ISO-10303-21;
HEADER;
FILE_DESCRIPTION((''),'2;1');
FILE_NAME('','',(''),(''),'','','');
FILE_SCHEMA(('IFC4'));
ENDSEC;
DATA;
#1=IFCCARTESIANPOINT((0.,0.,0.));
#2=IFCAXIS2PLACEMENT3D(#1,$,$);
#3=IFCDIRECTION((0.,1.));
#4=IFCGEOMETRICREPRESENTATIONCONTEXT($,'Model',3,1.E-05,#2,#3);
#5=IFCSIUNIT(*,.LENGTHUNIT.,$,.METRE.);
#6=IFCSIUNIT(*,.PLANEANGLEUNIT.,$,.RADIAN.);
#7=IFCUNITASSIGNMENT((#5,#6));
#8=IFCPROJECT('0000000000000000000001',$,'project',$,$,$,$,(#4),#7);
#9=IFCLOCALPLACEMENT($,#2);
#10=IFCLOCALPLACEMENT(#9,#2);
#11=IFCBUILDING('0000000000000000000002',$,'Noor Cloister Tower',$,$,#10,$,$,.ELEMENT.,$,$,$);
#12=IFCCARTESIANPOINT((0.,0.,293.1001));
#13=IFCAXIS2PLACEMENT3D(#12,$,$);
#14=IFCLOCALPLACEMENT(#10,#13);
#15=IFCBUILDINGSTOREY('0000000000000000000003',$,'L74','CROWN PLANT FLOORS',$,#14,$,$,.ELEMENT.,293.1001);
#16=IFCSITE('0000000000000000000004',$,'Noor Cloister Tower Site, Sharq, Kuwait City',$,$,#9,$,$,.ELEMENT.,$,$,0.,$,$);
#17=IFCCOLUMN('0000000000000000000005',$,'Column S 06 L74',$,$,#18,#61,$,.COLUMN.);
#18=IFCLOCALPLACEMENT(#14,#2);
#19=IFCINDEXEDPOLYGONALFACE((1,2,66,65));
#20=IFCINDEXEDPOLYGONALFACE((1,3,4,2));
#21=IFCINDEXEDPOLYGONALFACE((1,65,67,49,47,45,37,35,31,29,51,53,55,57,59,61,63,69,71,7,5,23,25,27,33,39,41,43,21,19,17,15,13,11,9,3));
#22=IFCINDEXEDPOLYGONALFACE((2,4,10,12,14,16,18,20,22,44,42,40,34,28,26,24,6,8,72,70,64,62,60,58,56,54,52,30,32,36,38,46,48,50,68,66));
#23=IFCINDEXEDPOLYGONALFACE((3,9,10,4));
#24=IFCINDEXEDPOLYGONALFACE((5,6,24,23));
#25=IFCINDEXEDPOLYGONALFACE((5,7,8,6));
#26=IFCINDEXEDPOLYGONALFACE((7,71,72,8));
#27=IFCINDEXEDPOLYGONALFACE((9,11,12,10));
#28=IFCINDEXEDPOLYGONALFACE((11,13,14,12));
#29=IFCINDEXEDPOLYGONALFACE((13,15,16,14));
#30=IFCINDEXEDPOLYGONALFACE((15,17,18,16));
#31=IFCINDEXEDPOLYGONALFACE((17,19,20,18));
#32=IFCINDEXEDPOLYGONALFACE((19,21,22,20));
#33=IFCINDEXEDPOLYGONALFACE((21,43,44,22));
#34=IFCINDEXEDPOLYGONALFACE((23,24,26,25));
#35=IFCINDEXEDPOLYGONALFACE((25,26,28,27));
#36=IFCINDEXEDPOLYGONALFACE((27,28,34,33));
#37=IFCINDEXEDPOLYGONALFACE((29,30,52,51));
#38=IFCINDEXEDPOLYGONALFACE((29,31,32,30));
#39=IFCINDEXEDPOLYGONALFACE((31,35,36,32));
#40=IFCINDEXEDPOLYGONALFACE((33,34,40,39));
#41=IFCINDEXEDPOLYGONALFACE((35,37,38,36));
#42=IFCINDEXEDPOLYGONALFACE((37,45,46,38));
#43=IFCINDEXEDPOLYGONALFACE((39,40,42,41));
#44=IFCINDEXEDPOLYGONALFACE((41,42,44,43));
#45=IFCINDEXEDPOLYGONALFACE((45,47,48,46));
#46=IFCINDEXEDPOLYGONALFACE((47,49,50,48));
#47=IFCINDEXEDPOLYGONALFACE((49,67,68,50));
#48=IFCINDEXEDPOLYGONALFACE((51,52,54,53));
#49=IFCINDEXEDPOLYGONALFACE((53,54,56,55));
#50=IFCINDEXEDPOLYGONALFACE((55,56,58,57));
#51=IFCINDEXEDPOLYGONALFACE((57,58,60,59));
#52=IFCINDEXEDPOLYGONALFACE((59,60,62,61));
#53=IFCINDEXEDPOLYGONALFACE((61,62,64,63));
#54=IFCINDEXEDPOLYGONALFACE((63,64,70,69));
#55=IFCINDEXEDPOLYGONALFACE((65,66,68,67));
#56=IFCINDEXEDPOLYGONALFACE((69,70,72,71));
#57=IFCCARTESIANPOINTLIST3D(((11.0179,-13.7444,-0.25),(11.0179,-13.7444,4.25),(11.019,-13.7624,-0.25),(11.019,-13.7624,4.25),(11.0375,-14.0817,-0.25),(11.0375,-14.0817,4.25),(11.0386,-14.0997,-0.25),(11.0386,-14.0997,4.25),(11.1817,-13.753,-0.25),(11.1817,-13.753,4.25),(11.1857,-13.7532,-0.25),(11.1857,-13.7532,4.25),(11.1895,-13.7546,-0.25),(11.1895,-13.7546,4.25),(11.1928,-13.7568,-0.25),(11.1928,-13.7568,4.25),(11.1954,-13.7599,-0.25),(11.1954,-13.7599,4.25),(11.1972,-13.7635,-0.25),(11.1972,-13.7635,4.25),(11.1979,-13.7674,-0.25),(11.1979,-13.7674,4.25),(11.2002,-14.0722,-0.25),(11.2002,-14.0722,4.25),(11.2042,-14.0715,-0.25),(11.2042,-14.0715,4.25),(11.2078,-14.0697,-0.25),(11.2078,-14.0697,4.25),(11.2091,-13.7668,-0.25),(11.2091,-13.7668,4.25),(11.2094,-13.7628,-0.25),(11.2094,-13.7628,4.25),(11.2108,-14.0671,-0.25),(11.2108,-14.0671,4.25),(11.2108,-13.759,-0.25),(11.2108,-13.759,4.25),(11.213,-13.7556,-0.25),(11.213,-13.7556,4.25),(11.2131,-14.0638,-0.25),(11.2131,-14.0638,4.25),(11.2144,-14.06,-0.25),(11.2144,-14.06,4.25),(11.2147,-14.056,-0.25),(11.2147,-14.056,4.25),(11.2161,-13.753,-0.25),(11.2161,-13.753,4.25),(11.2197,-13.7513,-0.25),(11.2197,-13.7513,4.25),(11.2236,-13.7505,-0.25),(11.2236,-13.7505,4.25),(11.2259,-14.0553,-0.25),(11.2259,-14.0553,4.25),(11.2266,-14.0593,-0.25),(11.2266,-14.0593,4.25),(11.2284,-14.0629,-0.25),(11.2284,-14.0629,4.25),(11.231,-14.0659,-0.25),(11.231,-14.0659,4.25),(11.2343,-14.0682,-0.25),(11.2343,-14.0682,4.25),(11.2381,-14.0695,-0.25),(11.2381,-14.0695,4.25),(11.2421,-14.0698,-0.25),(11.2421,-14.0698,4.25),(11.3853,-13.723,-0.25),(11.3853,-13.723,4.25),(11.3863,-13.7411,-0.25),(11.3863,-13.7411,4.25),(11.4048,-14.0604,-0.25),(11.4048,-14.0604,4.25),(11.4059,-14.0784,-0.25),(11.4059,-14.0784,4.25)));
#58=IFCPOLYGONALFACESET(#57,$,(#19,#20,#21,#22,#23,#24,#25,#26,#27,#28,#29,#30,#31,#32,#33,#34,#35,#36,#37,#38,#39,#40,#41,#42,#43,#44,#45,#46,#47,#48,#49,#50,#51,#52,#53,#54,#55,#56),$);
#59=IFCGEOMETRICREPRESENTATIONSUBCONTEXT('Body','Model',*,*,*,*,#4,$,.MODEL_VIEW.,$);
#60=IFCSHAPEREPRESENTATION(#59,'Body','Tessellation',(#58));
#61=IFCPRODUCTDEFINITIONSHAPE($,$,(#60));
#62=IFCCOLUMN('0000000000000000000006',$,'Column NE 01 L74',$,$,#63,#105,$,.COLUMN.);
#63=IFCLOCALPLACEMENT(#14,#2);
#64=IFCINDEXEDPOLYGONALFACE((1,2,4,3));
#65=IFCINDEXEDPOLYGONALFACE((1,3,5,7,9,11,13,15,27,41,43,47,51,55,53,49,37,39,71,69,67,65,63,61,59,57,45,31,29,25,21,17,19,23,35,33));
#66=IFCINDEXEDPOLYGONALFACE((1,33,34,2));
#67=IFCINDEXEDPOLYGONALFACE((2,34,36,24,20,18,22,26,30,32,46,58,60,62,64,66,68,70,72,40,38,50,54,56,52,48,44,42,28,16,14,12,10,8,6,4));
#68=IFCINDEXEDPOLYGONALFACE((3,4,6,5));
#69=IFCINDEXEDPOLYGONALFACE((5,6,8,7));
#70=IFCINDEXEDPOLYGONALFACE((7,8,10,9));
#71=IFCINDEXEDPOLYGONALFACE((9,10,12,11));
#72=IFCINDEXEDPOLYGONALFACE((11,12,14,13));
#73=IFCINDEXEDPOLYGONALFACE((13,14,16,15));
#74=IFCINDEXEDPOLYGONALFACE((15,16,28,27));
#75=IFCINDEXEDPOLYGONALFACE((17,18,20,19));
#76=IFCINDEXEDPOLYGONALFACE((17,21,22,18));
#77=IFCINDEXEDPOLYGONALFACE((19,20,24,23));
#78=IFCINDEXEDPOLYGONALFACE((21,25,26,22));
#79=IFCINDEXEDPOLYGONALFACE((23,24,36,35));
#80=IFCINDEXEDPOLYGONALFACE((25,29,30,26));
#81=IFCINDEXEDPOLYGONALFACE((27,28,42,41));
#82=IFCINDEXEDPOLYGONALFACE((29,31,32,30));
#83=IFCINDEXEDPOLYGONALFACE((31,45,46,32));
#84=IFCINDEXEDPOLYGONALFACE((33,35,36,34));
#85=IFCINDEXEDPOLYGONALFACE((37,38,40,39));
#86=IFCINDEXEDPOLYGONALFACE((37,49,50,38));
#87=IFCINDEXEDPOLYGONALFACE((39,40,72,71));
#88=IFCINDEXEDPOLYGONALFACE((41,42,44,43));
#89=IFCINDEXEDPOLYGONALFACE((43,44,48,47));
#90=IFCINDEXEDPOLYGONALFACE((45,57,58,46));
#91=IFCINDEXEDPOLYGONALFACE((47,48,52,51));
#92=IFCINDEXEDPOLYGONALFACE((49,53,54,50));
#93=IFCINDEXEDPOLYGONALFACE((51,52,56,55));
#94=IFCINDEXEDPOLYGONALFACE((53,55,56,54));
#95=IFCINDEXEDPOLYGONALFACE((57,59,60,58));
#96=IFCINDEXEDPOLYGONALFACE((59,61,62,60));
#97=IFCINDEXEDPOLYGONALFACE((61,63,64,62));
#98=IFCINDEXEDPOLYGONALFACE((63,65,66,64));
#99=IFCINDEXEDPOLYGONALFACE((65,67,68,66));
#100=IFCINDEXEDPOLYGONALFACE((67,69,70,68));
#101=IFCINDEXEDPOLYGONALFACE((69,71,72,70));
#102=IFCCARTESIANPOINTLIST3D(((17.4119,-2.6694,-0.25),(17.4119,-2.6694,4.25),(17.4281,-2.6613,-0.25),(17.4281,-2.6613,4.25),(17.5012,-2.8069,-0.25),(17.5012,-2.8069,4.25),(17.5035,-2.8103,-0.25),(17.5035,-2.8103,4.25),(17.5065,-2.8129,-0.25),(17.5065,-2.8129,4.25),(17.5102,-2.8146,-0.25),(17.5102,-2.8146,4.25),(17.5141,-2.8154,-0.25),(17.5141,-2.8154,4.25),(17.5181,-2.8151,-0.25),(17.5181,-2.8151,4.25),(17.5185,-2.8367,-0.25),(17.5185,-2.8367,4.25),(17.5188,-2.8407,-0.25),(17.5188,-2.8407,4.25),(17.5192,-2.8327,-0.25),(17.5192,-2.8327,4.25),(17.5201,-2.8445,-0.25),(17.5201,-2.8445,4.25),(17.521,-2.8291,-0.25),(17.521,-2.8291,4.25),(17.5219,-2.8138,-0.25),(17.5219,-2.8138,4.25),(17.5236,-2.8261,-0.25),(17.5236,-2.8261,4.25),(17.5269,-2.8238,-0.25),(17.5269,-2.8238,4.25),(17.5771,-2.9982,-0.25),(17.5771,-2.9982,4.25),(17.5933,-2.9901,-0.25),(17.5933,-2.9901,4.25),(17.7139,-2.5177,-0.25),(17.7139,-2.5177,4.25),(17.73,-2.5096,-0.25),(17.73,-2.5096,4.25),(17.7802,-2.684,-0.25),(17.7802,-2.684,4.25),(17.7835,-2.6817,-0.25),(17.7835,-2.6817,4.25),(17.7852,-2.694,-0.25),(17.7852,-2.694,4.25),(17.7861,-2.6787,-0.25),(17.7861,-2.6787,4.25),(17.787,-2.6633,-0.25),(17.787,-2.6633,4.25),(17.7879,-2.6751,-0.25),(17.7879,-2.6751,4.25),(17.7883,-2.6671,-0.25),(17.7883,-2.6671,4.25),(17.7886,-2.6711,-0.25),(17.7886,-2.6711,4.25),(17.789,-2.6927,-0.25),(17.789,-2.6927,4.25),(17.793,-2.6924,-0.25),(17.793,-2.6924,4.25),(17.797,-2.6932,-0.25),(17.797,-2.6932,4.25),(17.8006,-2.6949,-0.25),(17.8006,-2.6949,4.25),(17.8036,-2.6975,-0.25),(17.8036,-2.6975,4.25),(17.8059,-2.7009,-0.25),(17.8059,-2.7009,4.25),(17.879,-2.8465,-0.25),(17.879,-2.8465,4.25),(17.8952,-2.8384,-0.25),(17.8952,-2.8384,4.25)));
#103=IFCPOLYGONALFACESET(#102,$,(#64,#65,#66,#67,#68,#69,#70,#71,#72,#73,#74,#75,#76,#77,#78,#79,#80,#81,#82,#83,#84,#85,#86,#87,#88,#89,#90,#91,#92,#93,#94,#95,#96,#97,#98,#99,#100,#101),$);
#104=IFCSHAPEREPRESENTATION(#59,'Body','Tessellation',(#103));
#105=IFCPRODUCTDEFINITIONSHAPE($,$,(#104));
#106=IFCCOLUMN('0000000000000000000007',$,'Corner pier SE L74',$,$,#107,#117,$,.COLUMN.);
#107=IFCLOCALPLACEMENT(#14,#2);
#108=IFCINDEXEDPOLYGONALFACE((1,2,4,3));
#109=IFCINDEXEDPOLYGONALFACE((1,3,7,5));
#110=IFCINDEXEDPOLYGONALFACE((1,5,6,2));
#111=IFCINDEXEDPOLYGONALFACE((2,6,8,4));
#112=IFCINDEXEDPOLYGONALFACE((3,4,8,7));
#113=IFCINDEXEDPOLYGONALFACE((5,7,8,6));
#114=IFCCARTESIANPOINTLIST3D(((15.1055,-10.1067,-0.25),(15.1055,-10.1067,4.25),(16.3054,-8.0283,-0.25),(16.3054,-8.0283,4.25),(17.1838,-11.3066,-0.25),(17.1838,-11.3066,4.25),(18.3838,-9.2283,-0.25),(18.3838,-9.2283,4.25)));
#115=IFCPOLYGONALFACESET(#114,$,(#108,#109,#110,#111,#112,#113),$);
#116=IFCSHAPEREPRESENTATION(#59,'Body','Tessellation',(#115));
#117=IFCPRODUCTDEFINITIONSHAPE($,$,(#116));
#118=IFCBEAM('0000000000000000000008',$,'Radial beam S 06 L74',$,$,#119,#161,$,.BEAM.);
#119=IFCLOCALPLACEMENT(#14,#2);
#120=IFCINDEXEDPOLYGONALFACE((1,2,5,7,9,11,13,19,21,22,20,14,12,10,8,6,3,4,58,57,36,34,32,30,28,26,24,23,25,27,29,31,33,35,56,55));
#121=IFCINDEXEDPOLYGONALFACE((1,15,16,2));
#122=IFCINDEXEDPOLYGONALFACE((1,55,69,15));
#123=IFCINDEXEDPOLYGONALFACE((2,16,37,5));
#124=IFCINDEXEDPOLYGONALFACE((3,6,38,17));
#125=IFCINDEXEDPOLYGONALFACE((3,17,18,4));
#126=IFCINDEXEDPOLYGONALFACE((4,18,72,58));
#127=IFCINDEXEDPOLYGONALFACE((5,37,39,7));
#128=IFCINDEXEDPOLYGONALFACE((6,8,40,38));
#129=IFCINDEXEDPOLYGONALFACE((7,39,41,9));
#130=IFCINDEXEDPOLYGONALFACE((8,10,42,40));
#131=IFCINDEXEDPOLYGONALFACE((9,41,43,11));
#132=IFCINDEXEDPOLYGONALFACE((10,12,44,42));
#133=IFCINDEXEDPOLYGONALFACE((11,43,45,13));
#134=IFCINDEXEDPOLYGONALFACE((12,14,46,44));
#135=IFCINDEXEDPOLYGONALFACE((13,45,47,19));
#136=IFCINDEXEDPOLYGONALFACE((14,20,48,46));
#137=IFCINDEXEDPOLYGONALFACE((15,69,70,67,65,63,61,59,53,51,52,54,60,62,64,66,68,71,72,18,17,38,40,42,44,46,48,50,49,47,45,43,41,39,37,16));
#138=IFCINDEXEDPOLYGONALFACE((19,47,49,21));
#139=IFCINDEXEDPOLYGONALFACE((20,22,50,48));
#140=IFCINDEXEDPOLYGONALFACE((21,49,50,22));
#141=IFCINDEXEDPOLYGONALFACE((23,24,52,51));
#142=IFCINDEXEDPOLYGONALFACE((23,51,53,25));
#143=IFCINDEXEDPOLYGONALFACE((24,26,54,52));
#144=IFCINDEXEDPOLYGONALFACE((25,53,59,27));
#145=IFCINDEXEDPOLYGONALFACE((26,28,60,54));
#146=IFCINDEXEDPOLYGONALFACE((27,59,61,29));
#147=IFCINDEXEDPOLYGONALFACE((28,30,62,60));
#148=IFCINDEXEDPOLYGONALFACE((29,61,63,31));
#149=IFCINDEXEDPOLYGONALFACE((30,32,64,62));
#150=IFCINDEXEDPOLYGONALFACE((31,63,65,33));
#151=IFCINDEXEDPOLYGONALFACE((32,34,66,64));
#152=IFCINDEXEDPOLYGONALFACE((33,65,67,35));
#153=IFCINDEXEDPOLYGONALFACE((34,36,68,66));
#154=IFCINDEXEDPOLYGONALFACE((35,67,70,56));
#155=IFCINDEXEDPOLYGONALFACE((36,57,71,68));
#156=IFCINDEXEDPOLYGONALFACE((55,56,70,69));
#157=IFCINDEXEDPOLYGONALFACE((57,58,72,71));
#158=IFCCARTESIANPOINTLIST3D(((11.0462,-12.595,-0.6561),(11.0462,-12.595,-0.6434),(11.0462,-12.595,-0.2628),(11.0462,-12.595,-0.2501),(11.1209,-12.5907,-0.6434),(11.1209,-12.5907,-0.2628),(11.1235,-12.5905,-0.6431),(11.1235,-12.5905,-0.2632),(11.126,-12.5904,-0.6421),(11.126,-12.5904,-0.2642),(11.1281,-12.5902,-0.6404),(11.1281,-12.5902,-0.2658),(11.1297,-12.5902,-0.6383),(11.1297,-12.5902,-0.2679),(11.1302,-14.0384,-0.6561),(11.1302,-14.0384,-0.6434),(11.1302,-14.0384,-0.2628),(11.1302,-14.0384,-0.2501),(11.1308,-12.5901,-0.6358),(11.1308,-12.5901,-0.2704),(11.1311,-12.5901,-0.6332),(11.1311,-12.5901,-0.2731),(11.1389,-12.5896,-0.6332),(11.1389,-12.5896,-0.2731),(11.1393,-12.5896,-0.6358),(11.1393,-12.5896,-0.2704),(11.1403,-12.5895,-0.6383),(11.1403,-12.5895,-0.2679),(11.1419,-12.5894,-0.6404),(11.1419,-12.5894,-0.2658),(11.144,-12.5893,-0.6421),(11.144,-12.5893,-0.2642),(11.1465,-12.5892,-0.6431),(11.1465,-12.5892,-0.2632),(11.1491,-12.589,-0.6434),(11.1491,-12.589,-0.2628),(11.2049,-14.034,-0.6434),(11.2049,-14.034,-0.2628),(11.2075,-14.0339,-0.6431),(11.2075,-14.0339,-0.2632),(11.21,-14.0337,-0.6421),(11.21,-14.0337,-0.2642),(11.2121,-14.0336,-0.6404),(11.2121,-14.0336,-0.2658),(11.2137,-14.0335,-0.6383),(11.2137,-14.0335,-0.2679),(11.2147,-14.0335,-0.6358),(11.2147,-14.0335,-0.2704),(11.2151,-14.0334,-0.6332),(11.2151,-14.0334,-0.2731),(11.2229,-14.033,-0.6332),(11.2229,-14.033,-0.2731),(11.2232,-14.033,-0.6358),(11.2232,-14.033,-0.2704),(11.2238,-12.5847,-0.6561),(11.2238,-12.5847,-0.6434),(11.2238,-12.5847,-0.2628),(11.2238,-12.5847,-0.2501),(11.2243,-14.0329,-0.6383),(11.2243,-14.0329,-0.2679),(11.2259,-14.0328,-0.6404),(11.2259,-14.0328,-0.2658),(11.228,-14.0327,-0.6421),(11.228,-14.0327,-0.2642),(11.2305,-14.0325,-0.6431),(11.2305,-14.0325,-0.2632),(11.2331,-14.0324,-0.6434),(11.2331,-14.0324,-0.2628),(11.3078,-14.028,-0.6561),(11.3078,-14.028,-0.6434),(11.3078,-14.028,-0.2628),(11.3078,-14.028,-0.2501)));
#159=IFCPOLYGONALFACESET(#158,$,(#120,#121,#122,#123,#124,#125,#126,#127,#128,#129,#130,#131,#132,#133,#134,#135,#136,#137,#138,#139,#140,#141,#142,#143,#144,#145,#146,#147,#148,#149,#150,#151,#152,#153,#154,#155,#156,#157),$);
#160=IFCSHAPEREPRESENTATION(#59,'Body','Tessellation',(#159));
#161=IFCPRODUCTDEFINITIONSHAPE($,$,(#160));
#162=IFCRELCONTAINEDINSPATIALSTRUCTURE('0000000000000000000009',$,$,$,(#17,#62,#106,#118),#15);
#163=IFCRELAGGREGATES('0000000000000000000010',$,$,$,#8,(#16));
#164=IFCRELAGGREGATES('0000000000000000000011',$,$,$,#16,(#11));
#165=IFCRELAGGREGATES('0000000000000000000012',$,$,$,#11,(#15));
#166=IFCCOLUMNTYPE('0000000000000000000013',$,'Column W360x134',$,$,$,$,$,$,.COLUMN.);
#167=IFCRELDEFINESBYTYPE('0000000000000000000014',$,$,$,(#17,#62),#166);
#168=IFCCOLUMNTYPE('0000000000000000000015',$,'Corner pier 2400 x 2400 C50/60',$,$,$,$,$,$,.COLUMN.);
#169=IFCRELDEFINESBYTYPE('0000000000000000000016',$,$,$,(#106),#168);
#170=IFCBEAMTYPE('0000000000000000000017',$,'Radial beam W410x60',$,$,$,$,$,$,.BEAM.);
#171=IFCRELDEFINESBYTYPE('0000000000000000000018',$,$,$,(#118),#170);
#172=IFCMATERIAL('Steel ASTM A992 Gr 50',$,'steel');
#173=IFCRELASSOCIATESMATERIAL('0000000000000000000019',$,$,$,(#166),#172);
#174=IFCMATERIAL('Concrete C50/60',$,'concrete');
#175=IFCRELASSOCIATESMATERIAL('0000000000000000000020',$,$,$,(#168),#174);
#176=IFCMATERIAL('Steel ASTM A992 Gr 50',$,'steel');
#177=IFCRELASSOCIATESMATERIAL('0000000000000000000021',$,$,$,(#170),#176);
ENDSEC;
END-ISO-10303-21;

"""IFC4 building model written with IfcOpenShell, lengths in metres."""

from ifc_helpers import new_model, si_unit, direction, frame, origin, origin_2d, place, context, subcontext, project, spatial, rectangle, i_section, extrude, material, material_profile, profile_set, type_object, element, save


model = new_model("IFC4")

# Units and contexts
model_context = context("Model", 3, precision=1e-05, world=origin(), true_north=direction((0.0, 1.0)))
body_context = subcontext(model_context, "Body", "Model", "MODEL_VIEW")
ifc_project = project(units=[si_unit("LENGTHUNIT", "METRE"), si_unit("PLANEANGLEUNIT", "RADIAN")], contexts=[model_context])

# Site, building, storey
site_placement = place(None, origin())
site = spatial("IfcSite", under=ifc_project, at=site_placement, Name="Noor Cloister Tower Site, Sharq, Kuwait City", CompositionType="ELEMENT", RefElevation=0.0)
building_placement = place(site_placement, origin())
building = spatial("IfcBuilding", under=site, at=building_placement, Name="Noor Cloister Tower", CompositionType="ELEMENT")
storey_placement = place(building_placement, frame((0.0, 0.0, 293.1001)))
storey = spatial("IfcBuildingStorey", under=building, at=storey_placement, Name="L74", Description="CROWN PLANT FLOORS", CompositionType="ELEMENT", Elevation=293.1001)

# Columns
ifc_material_1 = material(Name="Steel ASTM A992 Gr 50", Category="steel")
ifc_material_profile_1 = material_profile(ifc_material_1, i_section(OverallWidth=0.3679, OverallDepth=0.356, WebThickness=0.0112, FlangeThickness=0.0181, FilletRadius=0.0154, at=origin_2d()), Name="W360x134")
ifc_profile_set_1 = profile_set([ifc_material_profile_1], Name="Steel ASTM A992 Gr 50")
column_type_1 = type_object("IfcColumnType", Name="Column W360x134", PredefinedType="COLUMN", material=ifc_profile_set_1)
for number, where, z_axis, x_axis, name in (
    (1, (11.2119, -13.9114, -0.25), (0.0, 0.0, 1.0), (0.99832, 0.057948, 0.0), "Column S 06 L74"),
    (2, (17.6536, -2.7539, -0.25), (0.0, 0.0, 1.0), (-0.448975, 0.893544, 0.0), "Column NE 01 L74"),
):
    element("IfcColumn", number, at=place(storey_placement, frame(where, z_axis=z_axis, x_axis=x_axis)), inside=storey, type_object=column_type_1, Name=name, PredefinedType="COLUMN", context=body_context, shape_type="SweptSolid", body=[
        extrude(i_section(OverallWidth=0.3679, OverallDepth=0.356, WebThickness=0.0112, FlangeThickness=0.0181, FilletRadius=0.0154, at=origin_2d()), origin(), (0.0, 0.0, 1.0), 4.5),
    ])
ifc_material_2 = material(Name="Concrete C50/60", Category="concrete")
ifc_material_profile_2 = material_profile(ifc_material_2, rectangle(XDim=2.3999, YDim=2.3999, at=origin_2d()), Name="RC 2400x2400")
ifc_profile_set_2 = profile_set([ifc_material_profile_2], Name="Concrete C50/60")
column_type_2 = type_object("IfcColumnType", Name="Corner pier 2400 x 2400 C50/60", PredefinedType="COLUMN", material=ifc_profile_set_2)
column_placement = place(storey_placement, frame((16.7446, -9.6675, -0.25), z_axis=(0.0, 0.0, 1.0), x_axis=(0.866025, -0.5, 0.0)))
element("IfcColumn", 3, at=column_placement, inside=storey, type_object=column_type_2, Name="Corner pier SE L74", PredefinedType="COLUMN", context=body_context, shape_type="SweptSolid", body=[
    extrude(rectangle(XDim=2.3999, YDim=2.3999, at=origin_2d()), origin(), (0.0, 0.0, 1.0), 4.5),
])

# Beam
ifc_material_3 = material(Name="Steel ASTM A992 Gr 50", Category="steel")
ifc_material_profile_3 = material_profile(ifc_material_3, i_section(OverallWidth=0.178, OverallDepth=0.406, WebThickness=0.0078, FlangeThickness=0.0127, FilletRadius=0.0103, at=origin_2d()), Name="W410x60")
ifc_profile_set_3 = profile_set([ifc_material_profile_3], Name="Steel ASTM A992 Gr 50")
beam_type_1 = type_object("IfcBeamType", Name="Radial beam W410x60", PredefinedType="BEAM", material=ifc_profile_set_3)
beam_1_placement = place(storey_placement, frame((11.219, -14.0332, -0.4531), z_axis=(-0.058088, 0.998311, 0.0), x_axis=(-0.998311, -0.058088, 0.0)))
element("IfcBeam", 4, at=beam_1_placement, inside=storey, type_object=beam_type_1, Name="Radial beam S 06 L74", PredefinedType="BEAM", context=body_context, shape_type="SweptSolid", body=[
    extrude(i_section(OverallWidth=0.178, OverallDepth=0.406, WebThickness=0.0078, FlangeThickness=0.0127, FilletRadius=0.0103, at=origin_2d()), origin(), (0.0, 0.0, 1.0), 1.4458),
])

save(model, "model.ifc")
